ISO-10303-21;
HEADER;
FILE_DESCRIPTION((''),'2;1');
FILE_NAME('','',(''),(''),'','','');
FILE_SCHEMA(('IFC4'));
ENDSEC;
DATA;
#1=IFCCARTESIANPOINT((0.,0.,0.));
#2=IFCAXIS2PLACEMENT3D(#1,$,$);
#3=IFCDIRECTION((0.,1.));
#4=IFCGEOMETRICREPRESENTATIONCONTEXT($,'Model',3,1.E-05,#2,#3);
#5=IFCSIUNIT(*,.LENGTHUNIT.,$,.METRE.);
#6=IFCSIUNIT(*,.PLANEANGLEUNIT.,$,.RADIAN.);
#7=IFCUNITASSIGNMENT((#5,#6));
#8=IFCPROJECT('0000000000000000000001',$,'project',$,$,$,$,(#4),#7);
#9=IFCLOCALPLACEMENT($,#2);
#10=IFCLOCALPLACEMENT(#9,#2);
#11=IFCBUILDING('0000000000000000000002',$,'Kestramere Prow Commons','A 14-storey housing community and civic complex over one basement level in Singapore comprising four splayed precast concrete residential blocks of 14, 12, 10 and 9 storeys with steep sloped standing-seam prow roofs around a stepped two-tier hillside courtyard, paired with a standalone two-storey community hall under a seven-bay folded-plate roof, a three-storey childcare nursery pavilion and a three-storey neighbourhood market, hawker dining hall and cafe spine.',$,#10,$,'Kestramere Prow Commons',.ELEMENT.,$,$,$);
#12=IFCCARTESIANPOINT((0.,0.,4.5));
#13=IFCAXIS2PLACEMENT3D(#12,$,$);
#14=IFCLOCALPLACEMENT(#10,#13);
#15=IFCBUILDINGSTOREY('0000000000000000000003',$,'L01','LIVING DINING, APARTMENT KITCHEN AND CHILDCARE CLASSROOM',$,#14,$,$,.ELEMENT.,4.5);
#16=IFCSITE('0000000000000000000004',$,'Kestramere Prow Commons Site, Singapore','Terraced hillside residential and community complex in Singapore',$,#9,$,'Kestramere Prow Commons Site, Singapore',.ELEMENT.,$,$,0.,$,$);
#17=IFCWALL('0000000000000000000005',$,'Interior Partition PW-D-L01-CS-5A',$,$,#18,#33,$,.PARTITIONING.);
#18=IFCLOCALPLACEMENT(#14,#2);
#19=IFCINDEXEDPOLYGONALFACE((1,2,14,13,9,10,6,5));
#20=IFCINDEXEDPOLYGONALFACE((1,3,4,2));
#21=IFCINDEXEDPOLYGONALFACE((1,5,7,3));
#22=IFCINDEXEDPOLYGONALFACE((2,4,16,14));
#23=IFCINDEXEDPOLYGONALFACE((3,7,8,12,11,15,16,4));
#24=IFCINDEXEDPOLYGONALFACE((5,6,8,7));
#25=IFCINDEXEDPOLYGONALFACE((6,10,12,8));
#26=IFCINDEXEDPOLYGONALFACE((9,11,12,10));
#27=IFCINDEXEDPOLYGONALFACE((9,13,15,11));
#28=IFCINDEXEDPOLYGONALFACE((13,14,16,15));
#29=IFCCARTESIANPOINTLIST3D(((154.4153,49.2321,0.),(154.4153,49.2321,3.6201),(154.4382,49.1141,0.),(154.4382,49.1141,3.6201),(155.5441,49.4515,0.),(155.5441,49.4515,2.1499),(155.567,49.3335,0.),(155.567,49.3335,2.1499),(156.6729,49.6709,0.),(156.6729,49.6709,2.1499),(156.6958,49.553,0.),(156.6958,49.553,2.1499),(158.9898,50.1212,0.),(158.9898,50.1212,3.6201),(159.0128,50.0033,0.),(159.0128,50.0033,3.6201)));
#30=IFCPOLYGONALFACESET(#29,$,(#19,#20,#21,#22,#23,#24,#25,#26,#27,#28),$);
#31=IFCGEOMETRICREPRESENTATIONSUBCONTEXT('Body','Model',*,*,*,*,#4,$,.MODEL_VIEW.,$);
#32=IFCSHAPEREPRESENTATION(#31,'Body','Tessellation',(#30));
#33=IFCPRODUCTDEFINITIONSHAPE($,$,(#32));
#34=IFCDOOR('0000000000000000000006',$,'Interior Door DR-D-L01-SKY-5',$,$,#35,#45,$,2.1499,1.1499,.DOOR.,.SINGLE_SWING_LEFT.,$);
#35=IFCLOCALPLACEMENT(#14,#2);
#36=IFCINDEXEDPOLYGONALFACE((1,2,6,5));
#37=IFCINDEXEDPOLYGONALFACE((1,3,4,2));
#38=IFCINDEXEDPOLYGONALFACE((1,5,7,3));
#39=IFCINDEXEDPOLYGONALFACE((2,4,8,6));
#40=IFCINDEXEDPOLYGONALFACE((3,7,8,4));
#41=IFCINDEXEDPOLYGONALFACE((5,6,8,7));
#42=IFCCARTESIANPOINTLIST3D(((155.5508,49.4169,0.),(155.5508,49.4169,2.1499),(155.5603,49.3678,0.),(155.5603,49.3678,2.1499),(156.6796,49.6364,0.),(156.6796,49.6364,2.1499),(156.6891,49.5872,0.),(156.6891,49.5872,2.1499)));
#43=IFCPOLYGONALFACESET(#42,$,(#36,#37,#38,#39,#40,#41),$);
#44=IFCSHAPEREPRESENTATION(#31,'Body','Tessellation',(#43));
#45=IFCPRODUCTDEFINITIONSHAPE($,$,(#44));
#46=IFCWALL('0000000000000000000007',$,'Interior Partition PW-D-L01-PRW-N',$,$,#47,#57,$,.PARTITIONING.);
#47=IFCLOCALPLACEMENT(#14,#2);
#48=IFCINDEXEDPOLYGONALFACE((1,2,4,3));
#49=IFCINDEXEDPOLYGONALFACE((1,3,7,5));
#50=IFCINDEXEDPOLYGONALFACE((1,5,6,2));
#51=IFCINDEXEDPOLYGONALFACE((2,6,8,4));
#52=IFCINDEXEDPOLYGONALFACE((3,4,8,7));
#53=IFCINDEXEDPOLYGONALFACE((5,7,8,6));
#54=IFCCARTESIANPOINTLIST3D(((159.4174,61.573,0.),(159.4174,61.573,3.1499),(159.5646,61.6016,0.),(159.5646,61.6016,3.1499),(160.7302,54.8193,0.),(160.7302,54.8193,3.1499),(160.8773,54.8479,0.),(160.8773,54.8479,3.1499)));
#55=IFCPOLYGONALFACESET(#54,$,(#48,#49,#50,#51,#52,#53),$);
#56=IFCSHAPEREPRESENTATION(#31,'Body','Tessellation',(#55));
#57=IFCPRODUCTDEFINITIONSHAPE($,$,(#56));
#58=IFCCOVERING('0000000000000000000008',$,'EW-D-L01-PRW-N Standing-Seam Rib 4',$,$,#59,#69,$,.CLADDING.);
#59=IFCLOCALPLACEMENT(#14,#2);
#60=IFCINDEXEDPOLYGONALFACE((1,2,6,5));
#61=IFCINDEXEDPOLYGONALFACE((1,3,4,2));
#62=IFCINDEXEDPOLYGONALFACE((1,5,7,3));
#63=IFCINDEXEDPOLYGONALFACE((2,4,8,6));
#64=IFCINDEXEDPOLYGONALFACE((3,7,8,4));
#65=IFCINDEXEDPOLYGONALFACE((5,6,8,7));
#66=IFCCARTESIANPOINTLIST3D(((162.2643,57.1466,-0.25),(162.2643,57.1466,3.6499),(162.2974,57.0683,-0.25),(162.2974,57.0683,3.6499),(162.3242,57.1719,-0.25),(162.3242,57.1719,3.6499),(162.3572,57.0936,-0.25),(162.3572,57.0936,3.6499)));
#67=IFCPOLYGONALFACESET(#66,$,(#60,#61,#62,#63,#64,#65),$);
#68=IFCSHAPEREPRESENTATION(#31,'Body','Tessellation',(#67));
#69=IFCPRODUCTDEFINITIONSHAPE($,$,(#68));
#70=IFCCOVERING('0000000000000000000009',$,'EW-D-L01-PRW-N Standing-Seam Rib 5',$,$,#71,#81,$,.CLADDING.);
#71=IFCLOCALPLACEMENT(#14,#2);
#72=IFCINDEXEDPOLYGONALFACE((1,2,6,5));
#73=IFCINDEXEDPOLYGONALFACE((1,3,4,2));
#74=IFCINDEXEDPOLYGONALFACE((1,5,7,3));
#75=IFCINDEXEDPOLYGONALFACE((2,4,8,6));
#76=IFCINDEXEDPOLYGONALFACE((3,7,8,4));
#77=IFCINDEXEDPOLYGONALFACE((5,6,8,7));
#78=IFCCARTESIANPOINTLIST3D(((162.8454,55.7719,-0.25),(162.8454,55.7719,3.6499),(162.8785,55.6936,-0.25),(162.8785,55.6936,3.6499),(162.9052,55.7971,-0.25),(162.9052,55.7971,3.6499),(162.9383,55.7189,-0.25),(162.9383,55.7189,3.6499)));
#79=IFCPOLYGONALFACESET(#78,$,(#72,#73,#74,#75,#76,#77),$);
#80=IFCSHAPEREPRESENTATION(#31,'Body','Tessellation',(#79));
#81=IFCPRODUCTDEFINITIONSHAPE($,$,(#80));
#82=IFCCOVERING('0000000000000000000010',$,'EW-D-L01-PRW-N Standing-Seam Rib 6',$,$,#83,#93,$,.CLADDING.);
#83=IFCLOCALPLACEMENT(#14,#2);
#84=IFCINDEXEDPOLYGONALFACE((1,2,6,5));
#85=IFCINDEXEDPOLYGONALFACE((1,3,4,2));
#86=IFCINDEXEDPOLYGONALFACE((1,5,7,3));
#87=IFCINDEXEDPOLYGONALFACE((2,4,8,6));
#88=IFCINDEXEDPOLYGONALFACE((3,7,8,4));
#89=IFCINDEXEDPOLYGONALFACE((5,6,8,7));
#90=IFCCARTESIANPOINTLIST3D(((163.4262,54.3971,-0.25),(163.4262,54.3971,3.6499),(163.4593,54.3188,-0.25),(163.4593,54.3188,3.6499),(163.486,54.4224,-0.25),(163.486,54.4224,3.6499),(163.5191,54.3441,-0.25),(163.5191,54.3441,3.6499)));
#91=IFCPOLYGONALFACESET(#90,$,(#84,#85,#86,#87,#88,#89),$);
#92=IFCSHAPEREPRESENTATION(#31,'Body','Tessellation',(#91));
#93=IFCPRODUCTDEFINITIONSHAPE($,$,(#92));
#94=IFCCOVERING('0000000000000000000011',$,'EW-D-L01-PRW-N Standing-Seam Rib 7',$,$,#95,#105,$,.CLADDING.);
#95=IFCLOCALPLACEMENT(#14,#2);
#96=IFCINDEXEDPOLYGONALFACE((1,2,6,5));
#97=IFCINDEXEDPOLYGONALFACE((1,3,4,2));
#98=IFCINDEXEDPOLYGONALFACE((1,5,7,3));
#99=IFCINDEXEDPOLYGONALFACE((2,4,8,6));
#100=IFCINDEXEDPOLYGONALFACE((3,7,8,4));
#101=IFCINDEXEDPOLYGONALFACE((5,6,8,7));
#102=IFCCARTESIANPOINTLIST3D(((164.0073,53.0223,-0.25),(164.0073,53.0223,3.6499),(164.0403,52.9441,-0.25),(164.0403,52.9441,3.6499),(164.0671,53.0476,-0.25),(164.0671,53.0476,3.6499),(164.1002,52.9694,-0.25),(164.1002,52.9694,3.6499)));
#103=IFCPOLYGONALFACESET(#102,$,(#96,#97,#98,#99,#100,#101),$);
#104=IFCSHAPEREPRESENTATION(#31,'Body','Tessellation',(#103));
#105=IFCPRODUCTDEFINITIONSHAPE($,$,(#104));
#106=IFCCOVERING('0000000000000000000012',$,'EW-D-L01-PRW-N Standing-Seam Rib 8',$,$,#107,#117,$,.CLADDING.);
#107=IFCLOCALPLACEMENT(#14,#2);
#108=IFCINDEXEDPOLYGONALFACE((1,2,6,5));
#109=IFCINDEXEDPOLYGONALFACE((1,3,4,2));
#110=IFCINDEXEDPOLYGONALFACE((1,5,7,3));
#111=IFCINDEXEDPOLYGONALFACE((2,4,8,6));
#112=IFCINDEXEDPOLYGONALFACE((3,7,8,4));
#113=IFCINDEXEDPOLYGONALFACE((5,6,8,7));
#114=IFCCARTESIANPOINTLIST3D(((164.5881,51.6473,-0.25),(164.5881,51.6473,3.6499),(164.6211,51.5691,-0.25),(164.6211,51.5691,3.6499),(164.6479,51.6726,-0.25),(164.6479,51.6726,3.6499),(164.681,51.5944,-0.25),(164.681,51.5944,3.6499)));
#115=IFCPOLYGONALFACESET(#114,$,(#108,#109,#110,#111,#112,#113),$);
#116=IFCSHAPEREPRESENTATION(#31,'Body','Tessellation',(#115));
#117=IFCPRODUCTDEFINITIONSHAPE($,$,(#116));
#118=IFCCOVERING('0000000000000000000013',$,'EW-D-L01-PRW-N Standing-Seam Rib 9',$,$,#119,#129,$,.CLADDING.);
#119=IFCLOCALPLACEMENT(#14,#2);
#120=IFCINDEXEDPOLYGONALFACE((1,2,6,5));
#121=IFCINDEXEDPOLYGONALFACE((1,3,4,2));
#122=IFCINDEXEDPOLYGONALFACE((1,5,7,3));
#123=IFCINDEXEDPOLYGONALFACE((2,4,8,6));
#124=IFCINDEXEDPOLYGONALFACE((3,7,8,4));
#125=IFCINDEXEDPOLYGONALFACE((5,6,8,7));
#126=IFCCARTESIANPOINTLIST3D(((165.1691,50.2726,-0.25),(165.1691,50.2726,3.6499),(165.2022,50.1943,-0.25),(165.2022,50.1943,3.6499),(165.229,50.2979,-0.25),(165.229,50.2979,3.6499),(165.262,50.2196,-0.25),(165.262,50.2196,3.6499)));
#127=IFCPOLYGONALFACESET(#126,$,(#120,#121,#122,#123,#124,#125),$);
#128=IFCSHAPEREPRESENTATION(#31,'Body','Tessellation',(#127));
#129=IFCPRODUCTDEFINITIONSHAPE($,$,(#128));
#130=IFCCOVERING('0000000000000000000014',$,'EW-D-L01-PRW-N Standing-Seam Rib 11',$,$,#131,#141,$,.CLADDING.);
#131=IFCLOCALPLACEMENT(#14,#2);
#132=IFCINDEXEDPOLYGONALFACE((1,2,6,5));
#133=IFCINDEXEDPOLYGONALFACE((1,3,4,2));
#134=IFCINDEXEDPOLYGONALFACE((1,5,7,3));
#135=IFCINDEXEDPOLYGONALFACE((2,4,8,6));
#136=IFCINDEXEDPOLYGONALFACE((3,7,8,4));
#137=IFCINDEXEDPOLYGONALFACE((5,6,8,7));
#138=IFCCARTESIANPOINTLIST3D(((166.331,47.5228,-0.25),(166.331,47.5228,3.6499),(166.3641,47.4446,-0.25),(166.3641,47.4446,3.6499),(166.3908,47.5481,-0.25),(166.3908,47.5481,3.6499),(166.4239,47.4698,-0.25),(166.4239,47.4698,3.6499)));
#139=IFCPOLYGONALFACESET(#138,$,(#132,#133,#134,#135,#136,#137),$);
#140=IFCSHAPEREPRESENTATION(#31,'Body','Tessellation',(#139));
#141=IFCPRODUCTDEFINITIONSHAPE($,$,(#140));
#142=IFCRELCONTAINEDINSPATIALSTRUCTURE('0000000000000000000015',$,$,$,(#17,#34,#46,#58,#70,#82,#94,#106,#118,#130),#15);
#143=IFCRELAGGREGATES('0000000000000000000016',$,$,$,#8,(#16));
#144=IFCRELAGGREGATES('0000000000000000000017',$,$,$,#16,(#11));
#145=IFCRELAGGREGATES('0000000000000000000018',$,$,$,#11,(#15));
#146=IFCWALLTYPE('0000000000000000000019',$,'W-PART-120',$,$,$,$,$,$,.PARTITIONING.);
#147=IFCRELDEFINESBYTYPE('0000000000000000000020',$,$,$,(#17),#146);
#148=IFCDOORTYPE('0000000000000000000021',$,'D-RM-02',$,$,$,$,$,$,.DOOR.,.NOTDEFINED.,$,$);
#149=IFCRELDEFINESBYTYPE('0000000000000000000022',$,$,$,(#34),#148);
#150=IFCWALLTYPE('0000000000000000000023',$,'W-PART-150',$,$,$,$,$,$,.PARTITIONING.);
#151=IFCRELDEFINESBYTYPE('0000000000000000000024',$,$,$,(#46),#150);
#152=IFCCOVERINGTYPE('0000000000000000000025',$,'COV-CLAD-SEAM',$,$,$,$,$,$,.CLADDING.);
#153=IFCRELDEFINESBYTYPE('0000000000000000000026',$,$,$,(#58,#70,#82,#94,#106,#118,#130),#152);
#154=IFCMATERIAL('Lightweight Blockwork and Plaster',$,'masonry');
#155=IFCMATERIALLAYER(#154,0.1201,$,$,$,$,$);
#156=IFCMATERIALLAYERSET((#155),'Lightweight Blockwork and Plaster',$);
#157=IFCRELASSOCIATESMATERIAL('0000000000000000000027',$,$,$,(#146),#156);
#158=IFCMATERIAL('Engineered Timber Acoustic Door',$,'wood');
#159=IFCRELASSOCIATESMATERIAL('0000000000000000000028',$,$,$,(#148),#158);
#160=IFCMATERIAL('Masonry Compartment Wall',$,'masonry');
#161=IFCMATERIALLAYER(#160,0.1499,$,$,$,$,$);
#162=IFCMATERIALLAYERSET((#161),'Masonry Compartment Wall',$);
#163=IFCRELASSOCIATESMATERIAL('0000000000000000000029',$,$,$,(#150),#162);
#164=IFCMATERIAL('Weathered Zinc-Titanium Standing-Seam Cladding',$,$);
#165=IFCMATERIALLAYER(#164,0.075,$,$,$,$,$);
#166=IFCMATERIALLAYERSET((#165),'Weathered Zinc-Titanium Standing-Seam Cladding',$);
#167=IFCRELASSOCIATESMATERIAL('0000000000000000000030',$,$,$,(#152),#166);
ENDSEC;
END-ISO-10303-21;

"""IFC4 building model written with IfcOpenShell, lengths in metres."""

from ifc_helpers import new_model, si_unit, direction, frame, frame_2d, origin, origin_2d, place, context, subcontext, project, spatial, rectangle, extrude, material, layer, layer_set, type_object, element, fill, save


model = new_model("IFC4")

# Units and contexts
model_context = context("Model", 3, precision=1e-05, world=origin(), true_north=direction((0.0, 1.0)))
body_context = subcontext(model_context, "Body", "Model", "MODEL_VIEW")
ifc_project = project(units=[si_unit("LENGTHUNIT", "METRE"), si_unit("PLANEANGLEUNIT", "RADIAN")], contexts=[model_context])

# Site, building, storey
site_placement = place(None, origin())
site = spatial("IfcSite", under=ifc_project, at=site_placement, Name="Kestramere Prow Commons Site, Singapore", Description="Terraced hillside residential and community complex in Singapore", LongName="Kestramere Prow Commons Site, Singapore", CompositionType="ELEMENT", RefElevation=0.0)
building_placement = place(site_placement, origin())
building = spatial("IfcBuilding", under=site, at=building_placement, Name="Kestramere Prow Commons", Description="A 14-storey housing community and civic complex over one basement level in Singapore comprising four splayed precast concrete residential blocks of 14, 12, 10 and 9 storeys with steep sloped standing-seam prow roofs around a stepped two-tier hillside courtyard, paired with a standalone two-storey community hall under a seven-bay folded-plate roof, a three-storey childcare nursery pavilion and a three-storey neighbourhood market, hawker dining hall and cafe spine.", LongName="Kestramere Prow Commons", CompositionType="ELEMENT")
storey_placement = place(building_placement, frame((0.0, 0.0, 4.5)))
storey = spatial("IfcBuildingStorey", under=building, at=storey_placement, Name="L01", Description="LIVING DINING, APARTMENT KITCHEN AND CHILDCARE CLASSROOM", CompositionType="ELEMENT", Elevation=4.5)

# Shared definitions
ifc_material_1 = material(Name="Weathered Zinc-Titanium Standing-Seam Cladding")

# Wall, opening, door
ifc_material_2 = material(Name="Lightweight Blockwork and Plaster", Category="masonry")
ifc_layer_1 = layer(ifc_material_2, 0.1201)
ifc_layer_set_1 = layer_set([ifc_layer_1], Name="Lightweight Blockwork and Plaster")
wall_type_1 = type_object("IfcWallType", Name="W-PART-120", PredefinedType="PARTITIONING", material=ifc_layer_set_1)
wall_1_placement = place(storey_placement, frame((154.4268, 49.1731, 0.0), z_axis=(0.0, 0.0, 1.0), x_axis=(0.981628, 0.190804, 0.0)))
wall_1 = element("IfcWall", 1, at=wall_1_placement, inside=storey, type_object=wall_type_1, Name="Interior Partition PW-D-L01-CS-5A", PredefinedType="PARTITIONING", context=body_context, shape_type="SweptSolid", body=[
    extrude(rectangle(XDim=4.6602, YDim=0.1201, at=frame_2d((2.3301, 0.0))), origin(), (0.0, 0.0, 1.0), 3.6201),
])
opening_1_placement = place(wall_1_placement, frame((1.1499, 0.0, 0.0)))
opening_1 = element("IfcOpeningElement", 2, at=opening_1_placement, cuts=wall_1, PredefinedType="OPENING", context=body_context, shape_type="SweptSolid", body=[
    extrude(rectangle(XDim=1.1499, YDim=2.1499, at=frame_2d((0.575, 1.075))), frame((0.0, 0.075, 0.0), z_axis=(0.0, -1.0, 0.0), x_axis=(1.0, 0.0, 0.0)), (0.0, 0.0, 1.0), 0.1501),
])
ifc_material_3 = material(Name="Engineered Timber Acoustic Door", Category="wood")
door_type_1 = type_object("IfcDoorType", Name="D-RM-02", OperationType="NOTDEFINED", PredefinedType="DOOR", material=ifc_material_3)
door_1_placement = place(opening_1_placement, origin())
door_1 = element("IfcDoor", 3, at=door_1_placement, inside=storey, type_object=door_type_1, Name="Interior Door DR-D-L01-SKY-5", OperationType="SINGLE_SWING_LEFT", OverallHeight=2.1499, OverallWidth=1.1499, PredefinedType="DOOR", context=body_context, shape_type="SweptSolid", body=[
    extrude(rectangle(XDim=1.1499, YDim=2.1499, at=frame_2d((0.575, 1.075))), frame((0.0, 0.0249, 0.0), z_axis=(0.0, -1.0, 0.0), x_axis=(1.0, 0.0, 0.0)), (0.0, 0.0, 1.0), 0.05),
])
fill(opening_1, door_1)

# Wall
ifc_material_4 = material(Name="Masonry Compartment Wall", Category="masonry")
ifc_layer_2 = layer(ifc_material_4, 0.1499)
ifc_layer_set_2 = layer_set([ifc_layer_2], Name="Masonry Compartment Wall")
wall_type_2 = type_object("IfcWallType", Name="W-PART-150", PredefinedType="PARTITIONING", material=ifc_layer_set_2)
wall_2_placement = place(storey_placement, frame((160.8037, 54.8337, 0.0), z_axis=(0.0, 0.0, 1.0), x_axis=(-0.190804, 0.981628, 0.0)))
element("IfcWall", 4, at=wall_2_placement, inside=storey, type_object=wall_type_2, Name="Interior Partition PW-D-L01-PRW-N", PredefinedType="PARTITIONING", context=body_context, shape_type="SweptSolid", body=[
    extrude(rectangle(XDim=6.8801, YDim=0.1499, at=frame_2d((3.4399, 0.0))), origin(), (0.0, 0.0, 1.0), 3.1499),
])

# Coverings
ifc_layer_3 = layer(ifc_material_1, 0.075)
ifc_layer_set_3 = layer_set([ifc_layer_3], Name="Weathered Zinc-Titanium Standing-Seam Cladding")
covering_type = type_object("IfcCoveringType", Name="COV-CLAD-SEAM", PredefinedType="CLADDING", material=ifc_layer_set_3)
for number, where, z_axis, x_axis, name in (
    (5, (162.3108, 57.1201, -0.25), (0.0, 0.0, 1.0), (0.38922, -0.921145, 0.0), "EW-D-L01-PRW-N Standing-Seam Rib 4"),
    (6, (162.8918, 55.7454, -0.25), (0.0, 0.0, 1.0), (0.38922, -0.921145, 0.0), "EW-D-L01-PRW-N Standing-Seam Rib 5"),
    (7, (163.4727, 54.3706, -0.25), (0.0, 0.0, 1.0), (0.38922, -0.921145, 0.0), "EW-D-L01-PRW-N Standing-Seam Rib 6"),
    (8, (164.0537, 52.9958, -0.25), (0.0, 0.0, 1.0), (0.38922, -0.921145, 0.0), "EW-D-L01-PRW-N Standing-Seam Rib 7"),
    (9, (164.6345, 51.6208, -0.25), (0.0, 0.0, 1.0), (0.38922, -0.921145, 0.0), "EW-D-L01-PRW-N Standing-Seam Rib 8"),
    (10, (165.2156, 50.2461, -0.25), (0.0, 0.0, 1.0), (0.38922, -0.921145, 0.0), "EW-D-L01-PRW-N Standing-Seam Rib 9"),
    (11, (166.3774, 47.4963, -0.25), (0.0, 0.0, 1.0), (0.38922, -0.921145, 0.0), "EW-D-L01-PRW-N Standing-Seam Rib 11"),
):
    element("IfcCovering", number, at=place(storey_placement, frame(where, z_axis=z_axis, x_axis=x_axis)), inside=storey, type_object=covering_type, Name=name, PredefinedType="CLADDING", context=body_context, shape_type="SweptSolid", body=[
        extrude(rectangle(XDim=0.085, YDim=0.0649, at=origin_2d()), origin(), (0.0, 0.0, 1.0), 3.8999),
    ])

save(model, "model.ifc")
